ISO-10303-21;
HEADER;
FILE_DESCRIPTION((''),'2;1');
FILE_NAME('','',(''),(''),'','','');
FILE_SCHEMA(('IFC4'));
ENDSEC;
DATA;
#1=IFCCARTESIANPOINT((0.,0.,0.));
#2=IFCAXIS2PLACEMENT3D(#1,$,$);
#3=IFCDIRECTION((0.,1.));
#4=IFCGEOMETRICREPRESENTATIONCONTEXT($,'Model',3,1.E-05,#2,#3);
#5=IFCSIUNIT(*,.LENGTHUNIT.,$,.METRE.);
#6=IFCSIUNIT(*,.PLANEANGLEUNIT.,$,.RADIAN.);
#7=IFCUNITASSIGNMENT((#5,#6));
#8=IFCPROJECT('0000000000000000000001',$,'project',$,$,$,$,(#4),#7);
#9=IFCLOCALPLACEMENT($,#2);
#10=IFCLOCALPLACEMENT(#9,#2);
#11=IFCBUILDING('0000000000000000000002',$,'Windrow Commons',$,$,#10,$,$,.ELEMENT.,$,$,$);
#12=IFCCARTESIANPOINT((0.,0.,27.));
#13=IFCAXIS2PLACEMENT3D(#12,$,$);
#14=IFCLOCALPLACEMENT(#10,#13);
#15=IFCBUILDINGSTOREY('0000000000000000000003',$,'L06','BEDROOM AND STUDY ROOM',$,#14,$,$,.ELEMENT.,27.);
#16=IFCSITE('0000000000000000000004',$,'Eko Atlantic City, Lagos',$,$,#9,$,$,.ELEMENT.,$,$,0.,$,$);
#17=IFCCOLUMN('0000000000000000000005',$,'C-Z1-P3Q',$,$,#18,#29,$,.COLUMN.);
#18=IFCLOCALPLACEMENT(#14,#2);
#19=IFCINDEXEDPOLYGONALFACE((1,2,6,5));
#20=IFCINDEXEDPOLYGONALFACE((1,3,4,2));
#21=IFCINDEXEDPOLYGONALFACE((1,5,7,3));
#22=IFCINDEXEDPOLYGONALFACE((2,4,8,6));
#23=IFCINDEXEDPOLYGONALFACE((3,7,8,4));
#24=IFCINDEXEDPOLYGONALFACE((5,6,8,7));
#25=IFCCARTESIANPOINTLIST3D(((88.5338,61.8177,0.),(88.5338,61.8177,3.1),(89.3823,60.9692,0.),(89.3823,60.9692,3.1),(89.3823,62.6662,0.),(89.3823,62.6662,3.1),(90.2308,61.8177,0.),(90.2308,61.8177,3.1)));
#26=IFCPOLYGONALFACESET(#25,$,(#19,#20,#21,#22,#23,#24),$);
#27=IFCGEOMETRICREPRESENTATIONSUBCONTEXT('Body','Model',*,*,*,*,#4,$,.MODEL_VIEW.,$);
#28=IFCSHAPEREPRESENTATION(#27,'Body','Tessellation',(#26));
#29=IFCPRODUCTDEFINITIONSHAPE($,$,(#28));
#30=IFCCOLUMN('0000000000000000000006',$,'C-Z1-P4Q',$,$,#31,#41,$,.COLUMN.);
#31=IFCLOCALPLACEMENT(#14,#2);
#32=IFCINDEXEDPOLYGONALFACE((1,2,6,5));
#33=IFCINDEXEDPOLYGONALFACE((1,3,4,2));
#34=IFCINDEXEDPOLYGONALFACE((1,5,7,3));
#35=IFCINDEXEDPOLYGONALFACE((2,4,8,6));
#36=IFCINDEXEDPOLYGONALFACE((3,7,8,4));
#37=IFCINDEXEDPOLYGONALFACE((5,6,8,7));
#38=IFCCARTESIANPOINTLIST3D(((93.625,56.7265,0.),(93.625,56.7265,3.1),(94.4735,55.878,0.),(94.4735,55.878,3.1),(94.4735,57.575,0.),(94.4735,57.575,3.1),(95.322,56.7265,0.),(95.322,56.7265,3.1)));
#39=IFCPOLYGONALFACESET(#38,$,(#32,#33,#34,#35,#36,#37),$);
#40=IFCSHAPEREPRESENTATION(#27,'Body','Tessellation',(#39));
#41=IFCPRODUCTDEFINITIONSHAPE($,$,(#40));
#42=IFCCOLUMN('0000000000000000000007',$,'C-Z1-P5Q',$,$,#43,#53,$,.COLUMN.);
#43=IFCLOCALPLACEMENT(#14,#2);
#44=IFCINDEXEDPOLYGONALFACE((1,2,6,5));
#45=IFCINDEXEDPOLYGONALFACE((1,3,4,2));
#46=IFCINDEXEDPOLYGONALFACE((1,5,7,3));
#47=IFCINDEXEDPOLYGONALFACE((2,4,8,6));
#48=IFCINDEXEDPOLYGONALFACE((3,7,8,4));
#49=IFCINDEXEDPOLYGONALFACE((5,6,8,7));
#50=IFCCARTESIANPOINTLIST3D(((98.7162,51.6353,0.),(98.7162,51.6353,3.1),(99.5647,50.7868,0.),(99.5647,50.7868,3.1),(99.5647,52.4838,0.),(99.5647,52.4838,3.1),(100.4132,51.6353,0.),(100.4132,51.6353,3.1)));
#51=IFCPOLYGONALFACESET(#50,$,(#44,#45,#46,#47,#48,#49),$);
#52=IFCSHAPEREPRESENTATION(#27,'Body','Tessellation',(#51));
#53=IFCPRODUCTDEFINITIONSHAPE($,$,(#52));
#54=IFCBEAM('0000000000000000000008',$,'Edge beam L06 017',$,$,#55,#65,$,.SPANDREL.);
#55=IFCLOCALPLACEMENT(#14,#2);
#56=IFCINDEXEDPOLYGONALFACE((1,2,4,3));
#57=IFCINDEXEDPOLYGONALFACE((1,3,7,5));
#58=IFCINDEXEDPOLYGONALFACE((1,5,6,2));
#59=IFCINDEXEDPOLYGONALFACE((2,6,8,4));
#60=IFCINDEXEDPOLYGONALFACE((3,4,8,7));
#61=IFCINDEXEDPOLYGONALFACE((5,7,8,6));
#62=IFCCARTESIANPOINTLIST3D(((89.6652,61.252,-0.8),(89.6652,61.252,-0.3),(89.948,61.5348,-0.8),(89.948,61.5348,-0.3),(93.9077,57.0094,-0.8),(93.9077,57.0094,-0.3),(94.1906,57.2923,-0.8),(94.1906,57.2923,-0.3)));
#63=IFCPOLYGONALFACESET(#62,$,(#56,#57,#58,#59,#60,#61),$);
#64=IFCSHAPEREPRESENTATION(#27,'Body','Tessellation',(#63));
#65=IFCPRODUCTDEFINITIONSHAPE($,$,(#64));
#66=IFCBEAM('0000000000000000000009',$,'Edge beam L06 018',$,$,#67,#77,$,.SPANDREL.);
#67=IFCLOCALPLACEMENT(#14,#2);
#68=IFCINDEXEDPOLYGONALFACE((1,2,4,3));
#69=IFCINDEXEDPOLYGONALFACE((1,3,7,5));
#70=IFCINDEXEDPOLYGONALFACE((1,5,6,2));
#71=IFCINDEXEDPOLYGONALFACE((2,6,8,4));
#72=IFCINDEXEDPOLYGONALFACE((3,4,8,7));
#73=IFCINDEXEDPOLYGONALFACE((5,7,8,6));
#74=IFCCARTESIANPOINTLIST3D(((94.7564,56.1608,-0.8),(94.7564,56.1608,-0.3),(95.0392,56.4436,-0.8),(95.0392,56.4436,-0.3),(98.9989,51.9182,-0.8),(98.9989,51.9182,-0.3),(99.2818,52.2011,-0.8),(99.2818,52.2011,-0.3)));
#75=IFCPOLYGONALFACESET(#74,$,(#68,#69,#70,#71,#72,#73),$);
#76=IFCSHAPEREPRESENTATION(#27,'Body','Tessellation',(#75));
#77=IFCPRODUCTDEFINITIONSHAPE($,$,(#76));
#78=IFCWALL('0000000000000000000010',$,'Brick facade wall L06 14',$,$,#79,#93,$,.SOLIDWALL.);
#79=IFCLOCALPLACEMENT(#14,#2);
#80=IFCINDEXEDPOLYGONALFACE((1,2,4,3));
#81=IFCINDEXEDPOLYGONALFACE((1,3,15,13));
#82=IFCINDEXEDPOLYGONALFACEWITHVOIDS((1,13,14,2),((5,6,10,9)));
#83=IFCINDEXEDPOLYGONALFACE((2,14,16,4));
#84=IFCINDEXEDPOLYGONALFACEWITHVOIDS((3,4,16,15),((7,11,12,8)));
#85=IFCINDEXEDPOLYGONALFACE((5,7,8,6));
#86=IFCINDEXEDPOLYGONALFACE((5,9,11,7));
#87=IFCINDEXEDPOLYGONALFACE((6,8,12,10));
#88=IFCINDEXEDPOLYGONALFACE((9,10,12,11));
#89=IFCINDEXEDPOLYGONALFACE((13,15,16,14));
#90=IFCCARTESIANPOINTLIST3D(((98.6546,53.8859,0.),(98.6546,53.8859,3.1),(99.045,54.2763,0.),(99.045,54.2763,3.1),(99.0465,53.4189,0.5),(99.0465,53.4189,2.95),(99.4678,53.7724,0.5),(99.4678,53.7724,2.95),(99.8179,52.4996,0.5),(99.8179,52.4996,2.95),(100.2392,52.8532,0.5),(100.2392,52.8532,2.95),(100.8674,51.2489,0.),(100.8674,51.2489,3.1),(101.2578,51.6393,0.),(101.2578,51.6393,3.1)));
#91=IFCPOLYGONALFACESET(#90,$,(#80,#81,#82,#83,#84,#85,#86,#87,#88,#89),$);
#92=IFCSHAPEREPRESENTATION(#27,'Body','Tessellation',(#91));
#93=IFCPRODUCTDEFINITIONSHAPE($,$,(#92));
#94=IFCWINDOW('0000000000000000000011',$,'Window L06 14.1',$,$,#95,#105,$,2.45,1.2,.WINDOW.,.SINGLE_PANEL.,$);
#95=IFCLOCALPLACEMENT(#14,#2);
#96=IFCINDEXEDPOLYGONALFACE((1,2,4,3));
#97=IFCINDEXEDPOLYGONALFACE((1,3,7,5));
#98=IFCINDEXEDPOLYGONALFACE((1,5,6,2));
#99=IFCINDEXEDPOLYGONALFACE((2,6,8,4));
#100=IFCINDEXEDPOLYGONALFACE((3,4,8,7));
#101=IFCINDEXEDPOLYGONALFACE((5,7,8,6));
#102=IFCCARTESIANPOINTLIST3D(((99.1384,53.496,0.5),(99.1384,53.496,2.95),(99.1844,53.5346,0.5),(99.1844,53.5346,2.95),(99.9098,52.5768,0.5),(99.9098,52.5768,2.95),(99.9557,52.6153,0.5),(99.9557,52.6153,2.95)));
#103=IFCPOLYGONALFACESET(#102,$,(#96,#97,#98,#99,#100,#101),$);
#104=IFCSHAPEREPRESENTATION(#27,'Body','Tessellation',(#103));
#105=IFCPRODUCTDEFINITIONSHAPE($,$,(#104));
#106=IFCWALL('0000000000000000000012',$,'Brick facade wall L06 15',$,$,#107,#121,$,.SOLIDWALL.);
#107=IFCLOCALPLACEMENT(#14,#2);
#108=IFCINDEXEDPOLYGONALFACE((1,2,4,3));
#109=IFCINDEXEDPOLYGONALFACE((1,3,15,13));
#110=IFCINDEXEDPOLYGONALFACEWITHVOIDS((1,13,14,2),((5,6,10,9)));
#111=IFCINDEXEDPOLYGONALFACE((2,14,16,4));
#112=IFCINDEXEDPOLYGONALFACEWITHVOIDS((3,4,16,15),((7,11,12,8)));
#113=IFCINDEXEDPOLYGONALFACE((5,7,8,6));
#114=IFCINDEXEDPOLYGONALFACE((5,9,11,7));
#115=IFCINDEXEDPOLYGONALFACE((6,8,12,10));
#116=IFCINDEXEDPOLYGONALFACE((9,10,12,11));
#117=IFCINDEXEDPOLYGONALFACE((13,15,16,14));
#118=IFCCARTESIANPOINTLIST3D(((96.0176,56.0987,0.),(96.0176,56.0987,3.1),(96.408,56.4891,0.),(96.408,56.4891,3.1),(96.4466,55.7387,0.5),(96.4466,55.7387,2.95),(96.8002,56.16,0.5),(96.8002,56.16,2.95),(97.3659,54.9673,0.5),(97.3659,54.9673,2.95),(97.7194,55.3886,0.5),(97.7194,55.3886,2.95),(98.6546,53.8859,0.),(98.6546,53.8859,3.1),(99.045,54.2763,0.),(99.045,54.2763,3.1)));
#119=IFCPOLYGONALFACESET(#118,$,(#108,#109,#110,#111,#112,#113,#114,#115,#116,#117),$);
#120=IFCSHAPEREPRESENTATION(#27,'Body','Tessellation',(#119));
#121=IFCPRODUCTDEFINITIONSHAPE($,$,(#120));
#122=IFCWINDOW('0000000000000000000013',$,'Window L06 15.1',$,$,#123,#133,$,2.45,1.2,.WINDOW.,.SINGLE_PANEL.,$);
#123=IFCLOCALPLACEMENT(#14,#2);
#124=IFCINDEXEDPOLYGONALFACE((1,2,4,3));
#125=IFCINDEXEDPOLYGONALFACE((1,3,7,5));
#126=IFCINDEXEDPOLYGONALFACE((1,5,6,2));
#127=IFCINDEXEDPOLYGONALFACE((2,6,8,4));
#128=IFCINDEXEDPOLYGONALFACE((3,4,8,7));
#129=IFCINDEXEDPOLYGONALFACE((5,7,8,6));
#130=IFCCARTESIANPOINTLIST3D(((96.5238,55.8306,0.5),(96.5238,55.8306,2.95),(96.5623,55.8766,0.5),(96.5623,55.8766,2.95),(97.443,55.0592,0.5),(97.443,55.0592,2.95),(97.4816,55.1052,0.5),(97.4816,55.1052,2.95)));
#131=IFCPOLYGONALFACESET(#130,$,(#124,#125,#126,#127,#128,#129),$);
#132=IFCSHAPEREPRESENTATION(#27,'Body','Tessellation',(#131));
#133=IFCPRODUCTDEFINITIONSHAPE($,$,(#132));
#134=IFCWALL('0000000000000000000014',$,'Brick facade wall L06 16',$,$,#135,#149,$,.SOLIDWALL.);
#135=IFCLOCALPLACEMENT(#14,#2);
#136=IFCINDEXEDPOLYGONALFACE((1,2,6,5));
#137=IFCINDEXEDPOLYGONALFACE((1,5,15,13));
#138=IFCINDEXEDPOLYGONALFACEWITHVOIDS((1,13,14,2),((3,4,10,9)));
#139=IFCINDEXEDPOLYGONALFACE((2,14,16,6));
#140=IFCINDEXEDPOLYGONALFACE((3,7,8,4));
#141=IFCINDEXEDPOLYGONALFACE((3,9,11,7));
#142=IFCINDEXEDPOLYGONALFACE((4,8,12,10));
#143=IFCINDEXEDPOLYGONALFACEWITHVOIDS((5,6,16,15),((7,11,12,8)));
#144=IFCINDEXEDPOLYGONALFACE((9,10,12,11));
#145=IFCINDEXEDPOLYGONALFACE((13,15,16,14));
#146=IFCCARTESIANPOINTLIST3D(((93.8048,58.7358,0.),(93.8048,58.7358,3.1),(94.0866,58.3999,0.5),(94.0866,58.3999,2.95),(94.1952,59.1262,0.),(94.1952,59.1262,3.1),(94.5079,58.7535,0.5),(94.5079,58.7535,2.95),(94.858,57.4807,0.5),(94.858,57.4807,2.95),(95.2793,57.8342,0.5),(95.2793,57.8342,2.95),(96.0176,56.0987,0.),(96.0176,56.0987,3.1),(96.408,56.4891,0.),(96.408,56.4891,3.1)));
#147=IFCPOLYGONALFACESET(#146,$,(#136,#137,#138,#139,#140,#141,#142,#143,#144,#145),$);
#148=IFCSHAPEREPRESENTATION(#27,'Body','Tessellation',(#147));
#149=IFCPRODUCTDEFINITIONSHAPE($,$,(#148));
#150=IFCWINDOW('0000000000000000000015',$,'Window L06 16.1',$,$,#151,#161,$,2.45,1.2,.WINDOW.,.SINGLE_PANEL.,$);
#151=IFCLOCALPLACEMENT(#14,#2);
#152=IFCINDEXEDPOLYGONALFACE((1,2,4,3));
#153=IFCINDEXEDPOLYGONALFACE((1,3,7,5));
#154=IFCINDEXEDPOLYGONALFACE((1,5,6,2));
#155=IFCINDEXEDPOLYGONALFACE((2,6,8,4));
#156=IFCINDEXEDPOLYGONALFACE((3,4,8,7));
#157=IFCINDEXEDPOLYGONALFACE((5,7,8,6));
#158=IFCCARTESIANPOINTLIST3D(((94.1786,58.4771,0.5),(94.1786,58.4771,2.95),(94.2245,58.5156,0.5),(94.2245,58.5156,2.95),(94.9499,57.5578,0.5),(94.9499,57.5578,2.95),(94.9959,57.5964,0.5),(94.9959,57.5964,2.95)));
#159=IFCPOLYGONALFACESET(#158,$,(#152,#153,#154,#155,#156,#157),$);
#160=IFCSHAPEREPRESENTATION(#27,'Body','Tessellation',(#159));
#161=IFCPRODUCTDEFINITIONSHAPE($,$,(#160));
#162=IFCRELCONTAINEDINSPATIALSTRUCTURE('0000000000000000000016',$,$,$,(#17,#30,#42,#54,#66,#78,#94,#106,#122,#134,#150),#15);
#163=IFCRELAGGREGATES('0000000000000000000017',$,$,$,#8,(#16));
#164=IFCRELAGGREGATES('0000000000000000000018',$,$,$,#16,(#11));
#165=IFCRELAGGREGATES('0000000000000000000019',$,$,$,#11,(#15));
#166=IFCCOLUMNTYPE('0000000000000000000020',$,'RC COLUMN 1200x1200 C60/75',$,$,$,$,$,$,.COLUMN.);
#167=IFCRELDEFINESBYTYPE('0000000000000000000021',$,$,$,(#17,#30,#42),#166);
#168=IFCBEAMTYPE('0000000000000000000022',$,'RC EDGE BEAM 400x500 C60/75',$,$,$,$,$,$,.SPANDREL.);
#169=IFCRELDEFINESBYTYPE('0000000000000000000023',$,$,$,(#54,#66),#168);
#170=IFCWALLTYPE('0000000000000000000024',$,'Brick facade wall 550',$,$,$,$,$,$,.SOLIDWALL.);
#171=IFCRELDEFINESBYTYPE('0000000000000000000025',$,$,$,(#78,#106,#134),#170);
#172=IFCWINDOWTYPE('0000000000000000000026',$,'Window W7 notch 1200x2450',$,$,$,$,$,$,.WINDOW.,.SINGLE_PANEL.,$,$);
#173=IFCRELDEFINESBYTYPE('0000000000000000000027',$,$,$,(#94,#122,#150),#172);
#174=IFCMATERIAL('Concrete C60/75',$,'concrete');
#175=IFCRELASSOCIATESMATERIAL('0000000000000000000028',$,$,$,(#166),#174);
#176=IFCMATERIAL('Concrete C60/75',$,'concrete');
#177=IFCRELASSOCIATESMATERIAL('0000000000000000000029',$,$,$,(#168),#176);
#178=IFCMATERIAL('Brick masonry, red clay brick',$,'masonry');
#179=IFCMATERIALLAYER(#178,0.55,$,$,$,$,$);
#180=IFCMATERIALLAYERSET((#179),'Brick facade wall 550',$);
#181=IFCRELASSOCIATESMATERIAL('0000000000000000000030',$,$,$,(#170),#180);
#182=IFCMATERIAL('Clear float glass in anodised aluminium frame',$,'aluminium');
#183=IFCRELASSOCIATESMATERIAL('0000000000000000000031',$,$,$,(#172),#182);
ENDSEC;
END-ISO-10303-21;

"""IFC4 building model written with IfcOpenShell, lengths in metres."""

from ifc_helpers import new_model, si_unit, direction, frame, frame_2d, origin, origin_2d, place, context, subcontext, project, spatial, polyline, rectangle, outline, extrude, material, layer, layer_set, material_profile, profile_set, type_object, element, fill, save


model = new_model("IFC4")

# Units and contexts
model_context = context("Model", 3, precision=1e-05, world=origin(), true_north=direction((0.0, 1.0)))
body_context = subcontext(model_context, "Body", "Model", "MODEL_VIEW")
ifc_project = project(units=[si_unit("LENGTHUNIT", "METRE"), si_unit("PLANEANGLEUNIT", "RADIAN")], contexts=[model_context])

# Site, building, storey
site_placement = place(None, origin())
site = spatial("IfcSite", under=ifc_project, at=site_placement, Name="Eko Atlantic City, Lagos", CompositionType="ELEMENT", RefElevation=0.0)
building_placement = place(site_placement, origin())
building = spatial("IfcBuilding", under=site, at=building_placement, Name="Windrow Commons", CompositionType="ELEMENT")
storey_placement = place(building_placement, frame((0.0, 0.0, 27.0)))
storey = spatial("IfcBuildingStorey", under=building, at=storey_placement, Name="L06", Description="BEDROOM AND STUDY ROOM", CompositionType="ELEMENT", Elevation=27.0)

# Columns
ifc_material_1 = material(Name="Concrete C60/75", Category="concrete")
ifc_material_profile_1 = material_profile(ifc_material_1, rectangle(XDim=1.2, YDim=1.2, at=origin_2d()))
ifc_profile_set_1 = profile_set([ifc_material_profile_1], Name="Concrete C60/75")
column_type = type_object("IfcColumnType", Name="RC COLUMN 1200x1200 C60/75", PredefinedType="COLUMN", material=ifc_profile_set_1)
for number, where, z_axis, x_axis, name in (
    (1, (89.3823, 61.8177, 0.0), (0.0, 0.0, 1.0), (0.707107, -0.707107, 0.0), "C-Z1-P3Q"),
    (2, (94.4735, 56.7265, 0.0), (0.0, 0.0, 1.0), (0.707107, -0.707107, 0.0), "C-Z1-P4Q"),
    (3, (99.5647, 51.6353, 0.0), (0.0, 0.0, 1.0), (0.707107, -0.707107, 0.0), "C-Z1-P5Q"),
):
    element("IfcColumn", number, at=place(storey_placement, frame(where, z_axis=z_axis, x_axis=x_axis)), inside=storey, type_object=column_type, Name=name, PredefinedType="COLUMN", context=body_context, shape_type="SweptSolid", body=[
        extrude(rectangle(XDim=1.2, YDim=1.2, at=origin_2d()), origin(), (0.0, 0.0, 1.0), 3.1),
    ])

# Beams
ifc_material_2 = material(Name="Concrete C60/75", Category="concrete")
ifc_material_profile_2 = material_profile(ifc_material_2, rectangle(XDim=0.4, YDim=0.5, at=origin_2d()))
ifc_profile_set_2 = profile_set([ifc_material_profile_2], Name="Concrete C60/75")
beam_type = type_object("IfcBeamType", Name="RC EDGE BEAM 400x500 C60/75", PredefinedType="SPANDREL", material=ifc_profile_set_2)
for number, where, z_axis, x_axis, name in (
    (4, (89.8066, 61.3934, -0.55), (0.707107, -0.707107, 0.0), (0.707107, 0.707107, 0.0), "Edge beam L06 017"),
    (5, (94.8978, 56.3022, -0.55), (0.707107, -0.707107, 0.0), (0.707107, 0.707107, 0.0), "Edge beam L06 018"),
):
    element("IfcBeam", number, at=place(storey_placement, frame(where, z_axis=z_axis, x_axis=x_axis)), inside=storey, type_object=beam_type, Name=name, PredefinedType="SPANDREL", context=body_context, shape_type="SweptSolid", body=[
        extrude(rectangle(XDim=0.4, YDim=0.5, at=origin_2d()), origin(), (0.0, 0.0, 1.0), 5.9999),
    ])

# Walls, openings, windows
ifc_material_3 = material(Name="Brick masonry, red clay brick", Category="masonry")
ifc_layer_1 = layer(ifc_material_3, 0.55)
ifc_layer_set_1 = layer_set([ifc_layer_1], Name="Brick facade wall 550")
wall_type_1 = type_object("IfcWallType", Name="Brick facade wall 550", PredefinedType="SOLIDWALL", material=ifc_layer_set_1)
wall_1_placement = place(storey_placement, frame((101.0626, 51.4441, 0.0), z_axis=(0.0, 0.0, 1.0), x_axis=(-0.642804, 0.766031, 0.0)))
wall_1 = element("IfcWall", 6, at=wall_1_placement, inside=storey, type_object=wall_type_1, Name="Brick facade wall L06 14", PredefinedType="SOLIDWALL", context=body_context, shape_type="SweptSolid", body=[
    extrude(outline(polyline([(0.0241, -0.275), (3.4665, -0.275), (3.4184, 0.275), (-0.0241, 0.275), (0.0241, -0.275)])), origin(), (0.0, 0.0, 1.0), 3.1),
])
opening_1_placement = place(wall_1_placement, frame((1.6087, 0.0, 0.5)))
opening_1 = element("IfcOpeningElement", 7, at=opening_1_placement, cuts=wall_1, PredefinedType="OPENING", context=body_context, shape_type="SweptSolid", body=[
    extrude(rectangle(XDim=1.2, YDim=2.45, at=frame_2d((0.6, 1.225))), frame((0.0, 0.285, 0.0), z_axis=(0.0, -1.0, 0.0), x_axis=(1.0, 0.0, 0.0)), (0.0, 0.0, 1.0), 0.57),
])
ifc_material_4 = material(Name="Clear float glass in anodised aluminium frame", Category="aluminium")
window_type = type_object("IfcWindowType", Name="Window W7 notch 1200x2450", PartitioningType="SINGLE_PANEL", PredefinedType="WINDOW", material=ifc_material_4)
window_1_placement = place(opening_1_placement, origin())
window_1 = element("IfcWindow", 8, at=window_1_placement, inside=storey, type_object=window_type, Name="Window L06 14.1", OverallHeight=2.45, OverallWidth=1.2, PartitioningType="SINGLE_PANEL", PredefinedType="WINDOW", context=body_context, shape_type="SweptSolid", body=[
    extrude(rectangle(XDim=1.2, YDim=2.45, at=frame_2d((0.6, 1.225))), frame((0.0, 0.155, 0.0), z_axis=(0.0, -1.0, 0.0), x_axis=(1.0, 0.0, 0.0)), (0.0, 0.0, 1.0), 0.06),
])
fill(opening_1, window_1)
wall_2_placement = place(storey_placement, frame((98.8498, 54.0811, 0.0), z_axis=(0.0, 0.0, 1.0), x_axis=(-0.766031, 0.642804, 0.0)))
wall_2 = element("IfcWall", 9, at=wall_2_placement, inside=storey, type_object=wall_type_1, Name="Brick facade wall L06 15", PredefinedType="SOLIDWALL", context=body_context, shape_type="SweptSolid", body=[
    extrude(outline(polyline([(-0.0241, -0.275), (3.4184, -0.275), (3.4665, 0.275), (0.0241, 0.275), (-0.0241, -0.275)])), origin(), (0.0, 0.0, 1.0), 3.1),
])
opening_2_placement = place(wall_2_placement, frame((1.7064, 0.0, 0.5)))
opening_2 = element("IfcOpeningElement", 10, at=opening_2_placement, cuts=wall_2, PredefinedType="OPENING", context=body_context, shape_type="SweptSolid", body=[
    extrude(rectangle(XDim=1.2, YDim=2.45, at=frame_2d((0.6, 1.225))), frame((0.0, 0.285, 0.0), z_axis=(0.0, -1.0, 0.0), x_axis=(1.0, 0.0, 0.0)), (0.0, 0.0, 1.0), 0.57),
])
window_2_placement = place(opening_2_placement, origin())
window_2 = element("IfcWindow", 11, at=window_2_placement, inside=storey, type_object=window_type, Name="Window L06 15.1", OverallHeight=2.45, OverallWidth=1.2, PartitioningType="SINGLE_PANEL", PredefinedType="WINDOW", context=body_context, shape_type="SweptSolid", body=[
    extrude(rectangle(XDim=1.2, YDim=2.45, at=frame_2d((0.6, 1.225))), frame((0.0, 0.155, 0.0), z_axis=(0.0, -1.0, 0.0), x_axis=(1.0, 0.0, 0.0)), (0.0, 0.0, 1.0), 0.06),
])
fill(opening_2, window_2)
wall_3_placement = place(storey_placement, frame((96.2128, 56.2939, 0.0), z_axis=(0.0, 0.0, 1.0), x_axis=(-0.642789, 0.766043, 0.0)))
wall_3 = element("IfcWall", 12, at=wall_3_placement, inside=storey, type_object=wall_type_1, Name="Brick facade wall L06 16", PredefinedType="SOLIDWALL", context=body_context, shape_type="SweptSolid", body=[
    extrude(outline(polyline([(0.0241, -0.275), (3.4665, -0.275), (3.4184, 0.275), (-0.0241, 0.275), (0.0241, -0.275)])), origin(), (0.0, 0.0, 1.0), 3.1),
])
opening_3_placement = place(wall_3_placement, frame((1.78, 0.0, 0.5)))
opening_3 = element("IfcOpeningElement", 13, at=opening_3_placement, cuts=wall_3, PredefinedType="OPENING", context=body_context, shape_type="SweptSolid", body=[
    extrude(rectangle(XDim=1.2, YDim=2.45, at=frame_2d((0.6, 1.225))), frame((0.0, 0.285, 0.0), z_axis=(0.0, -1.0, 0.0), x_axis=(1.0, 0.0, 0.0)), (0.0, 0.0, 1.0), 0.57),
])
window_3_placement = place(opening_3_placement, origin())
window_3 = element("IfcWindow", 14, at=window_3_placement, inside=storey, type_object=window_type, Name="Window L06 16.1", OverallHeight=2.45, OverallWidth=1.2, PartitioningType="SINGLE_PANEL", PredefinedType="WINDOW", context=body_context, shape_type="SweptSolid", body=[
    extrude(rectangle(XDim=1.2, YDim=2.45, at=frame_2d((0.6, 1.225))), frame((0.0, 0.155, 0.0), z_axis=(0.0, -1.0, 0.0), x_axis=(1.0, 0.0, 0.0)), (0.0, 0.0, 1.0), 0.06),
])
fill(opening_3, window_3)

save(model, "model.ifc")
